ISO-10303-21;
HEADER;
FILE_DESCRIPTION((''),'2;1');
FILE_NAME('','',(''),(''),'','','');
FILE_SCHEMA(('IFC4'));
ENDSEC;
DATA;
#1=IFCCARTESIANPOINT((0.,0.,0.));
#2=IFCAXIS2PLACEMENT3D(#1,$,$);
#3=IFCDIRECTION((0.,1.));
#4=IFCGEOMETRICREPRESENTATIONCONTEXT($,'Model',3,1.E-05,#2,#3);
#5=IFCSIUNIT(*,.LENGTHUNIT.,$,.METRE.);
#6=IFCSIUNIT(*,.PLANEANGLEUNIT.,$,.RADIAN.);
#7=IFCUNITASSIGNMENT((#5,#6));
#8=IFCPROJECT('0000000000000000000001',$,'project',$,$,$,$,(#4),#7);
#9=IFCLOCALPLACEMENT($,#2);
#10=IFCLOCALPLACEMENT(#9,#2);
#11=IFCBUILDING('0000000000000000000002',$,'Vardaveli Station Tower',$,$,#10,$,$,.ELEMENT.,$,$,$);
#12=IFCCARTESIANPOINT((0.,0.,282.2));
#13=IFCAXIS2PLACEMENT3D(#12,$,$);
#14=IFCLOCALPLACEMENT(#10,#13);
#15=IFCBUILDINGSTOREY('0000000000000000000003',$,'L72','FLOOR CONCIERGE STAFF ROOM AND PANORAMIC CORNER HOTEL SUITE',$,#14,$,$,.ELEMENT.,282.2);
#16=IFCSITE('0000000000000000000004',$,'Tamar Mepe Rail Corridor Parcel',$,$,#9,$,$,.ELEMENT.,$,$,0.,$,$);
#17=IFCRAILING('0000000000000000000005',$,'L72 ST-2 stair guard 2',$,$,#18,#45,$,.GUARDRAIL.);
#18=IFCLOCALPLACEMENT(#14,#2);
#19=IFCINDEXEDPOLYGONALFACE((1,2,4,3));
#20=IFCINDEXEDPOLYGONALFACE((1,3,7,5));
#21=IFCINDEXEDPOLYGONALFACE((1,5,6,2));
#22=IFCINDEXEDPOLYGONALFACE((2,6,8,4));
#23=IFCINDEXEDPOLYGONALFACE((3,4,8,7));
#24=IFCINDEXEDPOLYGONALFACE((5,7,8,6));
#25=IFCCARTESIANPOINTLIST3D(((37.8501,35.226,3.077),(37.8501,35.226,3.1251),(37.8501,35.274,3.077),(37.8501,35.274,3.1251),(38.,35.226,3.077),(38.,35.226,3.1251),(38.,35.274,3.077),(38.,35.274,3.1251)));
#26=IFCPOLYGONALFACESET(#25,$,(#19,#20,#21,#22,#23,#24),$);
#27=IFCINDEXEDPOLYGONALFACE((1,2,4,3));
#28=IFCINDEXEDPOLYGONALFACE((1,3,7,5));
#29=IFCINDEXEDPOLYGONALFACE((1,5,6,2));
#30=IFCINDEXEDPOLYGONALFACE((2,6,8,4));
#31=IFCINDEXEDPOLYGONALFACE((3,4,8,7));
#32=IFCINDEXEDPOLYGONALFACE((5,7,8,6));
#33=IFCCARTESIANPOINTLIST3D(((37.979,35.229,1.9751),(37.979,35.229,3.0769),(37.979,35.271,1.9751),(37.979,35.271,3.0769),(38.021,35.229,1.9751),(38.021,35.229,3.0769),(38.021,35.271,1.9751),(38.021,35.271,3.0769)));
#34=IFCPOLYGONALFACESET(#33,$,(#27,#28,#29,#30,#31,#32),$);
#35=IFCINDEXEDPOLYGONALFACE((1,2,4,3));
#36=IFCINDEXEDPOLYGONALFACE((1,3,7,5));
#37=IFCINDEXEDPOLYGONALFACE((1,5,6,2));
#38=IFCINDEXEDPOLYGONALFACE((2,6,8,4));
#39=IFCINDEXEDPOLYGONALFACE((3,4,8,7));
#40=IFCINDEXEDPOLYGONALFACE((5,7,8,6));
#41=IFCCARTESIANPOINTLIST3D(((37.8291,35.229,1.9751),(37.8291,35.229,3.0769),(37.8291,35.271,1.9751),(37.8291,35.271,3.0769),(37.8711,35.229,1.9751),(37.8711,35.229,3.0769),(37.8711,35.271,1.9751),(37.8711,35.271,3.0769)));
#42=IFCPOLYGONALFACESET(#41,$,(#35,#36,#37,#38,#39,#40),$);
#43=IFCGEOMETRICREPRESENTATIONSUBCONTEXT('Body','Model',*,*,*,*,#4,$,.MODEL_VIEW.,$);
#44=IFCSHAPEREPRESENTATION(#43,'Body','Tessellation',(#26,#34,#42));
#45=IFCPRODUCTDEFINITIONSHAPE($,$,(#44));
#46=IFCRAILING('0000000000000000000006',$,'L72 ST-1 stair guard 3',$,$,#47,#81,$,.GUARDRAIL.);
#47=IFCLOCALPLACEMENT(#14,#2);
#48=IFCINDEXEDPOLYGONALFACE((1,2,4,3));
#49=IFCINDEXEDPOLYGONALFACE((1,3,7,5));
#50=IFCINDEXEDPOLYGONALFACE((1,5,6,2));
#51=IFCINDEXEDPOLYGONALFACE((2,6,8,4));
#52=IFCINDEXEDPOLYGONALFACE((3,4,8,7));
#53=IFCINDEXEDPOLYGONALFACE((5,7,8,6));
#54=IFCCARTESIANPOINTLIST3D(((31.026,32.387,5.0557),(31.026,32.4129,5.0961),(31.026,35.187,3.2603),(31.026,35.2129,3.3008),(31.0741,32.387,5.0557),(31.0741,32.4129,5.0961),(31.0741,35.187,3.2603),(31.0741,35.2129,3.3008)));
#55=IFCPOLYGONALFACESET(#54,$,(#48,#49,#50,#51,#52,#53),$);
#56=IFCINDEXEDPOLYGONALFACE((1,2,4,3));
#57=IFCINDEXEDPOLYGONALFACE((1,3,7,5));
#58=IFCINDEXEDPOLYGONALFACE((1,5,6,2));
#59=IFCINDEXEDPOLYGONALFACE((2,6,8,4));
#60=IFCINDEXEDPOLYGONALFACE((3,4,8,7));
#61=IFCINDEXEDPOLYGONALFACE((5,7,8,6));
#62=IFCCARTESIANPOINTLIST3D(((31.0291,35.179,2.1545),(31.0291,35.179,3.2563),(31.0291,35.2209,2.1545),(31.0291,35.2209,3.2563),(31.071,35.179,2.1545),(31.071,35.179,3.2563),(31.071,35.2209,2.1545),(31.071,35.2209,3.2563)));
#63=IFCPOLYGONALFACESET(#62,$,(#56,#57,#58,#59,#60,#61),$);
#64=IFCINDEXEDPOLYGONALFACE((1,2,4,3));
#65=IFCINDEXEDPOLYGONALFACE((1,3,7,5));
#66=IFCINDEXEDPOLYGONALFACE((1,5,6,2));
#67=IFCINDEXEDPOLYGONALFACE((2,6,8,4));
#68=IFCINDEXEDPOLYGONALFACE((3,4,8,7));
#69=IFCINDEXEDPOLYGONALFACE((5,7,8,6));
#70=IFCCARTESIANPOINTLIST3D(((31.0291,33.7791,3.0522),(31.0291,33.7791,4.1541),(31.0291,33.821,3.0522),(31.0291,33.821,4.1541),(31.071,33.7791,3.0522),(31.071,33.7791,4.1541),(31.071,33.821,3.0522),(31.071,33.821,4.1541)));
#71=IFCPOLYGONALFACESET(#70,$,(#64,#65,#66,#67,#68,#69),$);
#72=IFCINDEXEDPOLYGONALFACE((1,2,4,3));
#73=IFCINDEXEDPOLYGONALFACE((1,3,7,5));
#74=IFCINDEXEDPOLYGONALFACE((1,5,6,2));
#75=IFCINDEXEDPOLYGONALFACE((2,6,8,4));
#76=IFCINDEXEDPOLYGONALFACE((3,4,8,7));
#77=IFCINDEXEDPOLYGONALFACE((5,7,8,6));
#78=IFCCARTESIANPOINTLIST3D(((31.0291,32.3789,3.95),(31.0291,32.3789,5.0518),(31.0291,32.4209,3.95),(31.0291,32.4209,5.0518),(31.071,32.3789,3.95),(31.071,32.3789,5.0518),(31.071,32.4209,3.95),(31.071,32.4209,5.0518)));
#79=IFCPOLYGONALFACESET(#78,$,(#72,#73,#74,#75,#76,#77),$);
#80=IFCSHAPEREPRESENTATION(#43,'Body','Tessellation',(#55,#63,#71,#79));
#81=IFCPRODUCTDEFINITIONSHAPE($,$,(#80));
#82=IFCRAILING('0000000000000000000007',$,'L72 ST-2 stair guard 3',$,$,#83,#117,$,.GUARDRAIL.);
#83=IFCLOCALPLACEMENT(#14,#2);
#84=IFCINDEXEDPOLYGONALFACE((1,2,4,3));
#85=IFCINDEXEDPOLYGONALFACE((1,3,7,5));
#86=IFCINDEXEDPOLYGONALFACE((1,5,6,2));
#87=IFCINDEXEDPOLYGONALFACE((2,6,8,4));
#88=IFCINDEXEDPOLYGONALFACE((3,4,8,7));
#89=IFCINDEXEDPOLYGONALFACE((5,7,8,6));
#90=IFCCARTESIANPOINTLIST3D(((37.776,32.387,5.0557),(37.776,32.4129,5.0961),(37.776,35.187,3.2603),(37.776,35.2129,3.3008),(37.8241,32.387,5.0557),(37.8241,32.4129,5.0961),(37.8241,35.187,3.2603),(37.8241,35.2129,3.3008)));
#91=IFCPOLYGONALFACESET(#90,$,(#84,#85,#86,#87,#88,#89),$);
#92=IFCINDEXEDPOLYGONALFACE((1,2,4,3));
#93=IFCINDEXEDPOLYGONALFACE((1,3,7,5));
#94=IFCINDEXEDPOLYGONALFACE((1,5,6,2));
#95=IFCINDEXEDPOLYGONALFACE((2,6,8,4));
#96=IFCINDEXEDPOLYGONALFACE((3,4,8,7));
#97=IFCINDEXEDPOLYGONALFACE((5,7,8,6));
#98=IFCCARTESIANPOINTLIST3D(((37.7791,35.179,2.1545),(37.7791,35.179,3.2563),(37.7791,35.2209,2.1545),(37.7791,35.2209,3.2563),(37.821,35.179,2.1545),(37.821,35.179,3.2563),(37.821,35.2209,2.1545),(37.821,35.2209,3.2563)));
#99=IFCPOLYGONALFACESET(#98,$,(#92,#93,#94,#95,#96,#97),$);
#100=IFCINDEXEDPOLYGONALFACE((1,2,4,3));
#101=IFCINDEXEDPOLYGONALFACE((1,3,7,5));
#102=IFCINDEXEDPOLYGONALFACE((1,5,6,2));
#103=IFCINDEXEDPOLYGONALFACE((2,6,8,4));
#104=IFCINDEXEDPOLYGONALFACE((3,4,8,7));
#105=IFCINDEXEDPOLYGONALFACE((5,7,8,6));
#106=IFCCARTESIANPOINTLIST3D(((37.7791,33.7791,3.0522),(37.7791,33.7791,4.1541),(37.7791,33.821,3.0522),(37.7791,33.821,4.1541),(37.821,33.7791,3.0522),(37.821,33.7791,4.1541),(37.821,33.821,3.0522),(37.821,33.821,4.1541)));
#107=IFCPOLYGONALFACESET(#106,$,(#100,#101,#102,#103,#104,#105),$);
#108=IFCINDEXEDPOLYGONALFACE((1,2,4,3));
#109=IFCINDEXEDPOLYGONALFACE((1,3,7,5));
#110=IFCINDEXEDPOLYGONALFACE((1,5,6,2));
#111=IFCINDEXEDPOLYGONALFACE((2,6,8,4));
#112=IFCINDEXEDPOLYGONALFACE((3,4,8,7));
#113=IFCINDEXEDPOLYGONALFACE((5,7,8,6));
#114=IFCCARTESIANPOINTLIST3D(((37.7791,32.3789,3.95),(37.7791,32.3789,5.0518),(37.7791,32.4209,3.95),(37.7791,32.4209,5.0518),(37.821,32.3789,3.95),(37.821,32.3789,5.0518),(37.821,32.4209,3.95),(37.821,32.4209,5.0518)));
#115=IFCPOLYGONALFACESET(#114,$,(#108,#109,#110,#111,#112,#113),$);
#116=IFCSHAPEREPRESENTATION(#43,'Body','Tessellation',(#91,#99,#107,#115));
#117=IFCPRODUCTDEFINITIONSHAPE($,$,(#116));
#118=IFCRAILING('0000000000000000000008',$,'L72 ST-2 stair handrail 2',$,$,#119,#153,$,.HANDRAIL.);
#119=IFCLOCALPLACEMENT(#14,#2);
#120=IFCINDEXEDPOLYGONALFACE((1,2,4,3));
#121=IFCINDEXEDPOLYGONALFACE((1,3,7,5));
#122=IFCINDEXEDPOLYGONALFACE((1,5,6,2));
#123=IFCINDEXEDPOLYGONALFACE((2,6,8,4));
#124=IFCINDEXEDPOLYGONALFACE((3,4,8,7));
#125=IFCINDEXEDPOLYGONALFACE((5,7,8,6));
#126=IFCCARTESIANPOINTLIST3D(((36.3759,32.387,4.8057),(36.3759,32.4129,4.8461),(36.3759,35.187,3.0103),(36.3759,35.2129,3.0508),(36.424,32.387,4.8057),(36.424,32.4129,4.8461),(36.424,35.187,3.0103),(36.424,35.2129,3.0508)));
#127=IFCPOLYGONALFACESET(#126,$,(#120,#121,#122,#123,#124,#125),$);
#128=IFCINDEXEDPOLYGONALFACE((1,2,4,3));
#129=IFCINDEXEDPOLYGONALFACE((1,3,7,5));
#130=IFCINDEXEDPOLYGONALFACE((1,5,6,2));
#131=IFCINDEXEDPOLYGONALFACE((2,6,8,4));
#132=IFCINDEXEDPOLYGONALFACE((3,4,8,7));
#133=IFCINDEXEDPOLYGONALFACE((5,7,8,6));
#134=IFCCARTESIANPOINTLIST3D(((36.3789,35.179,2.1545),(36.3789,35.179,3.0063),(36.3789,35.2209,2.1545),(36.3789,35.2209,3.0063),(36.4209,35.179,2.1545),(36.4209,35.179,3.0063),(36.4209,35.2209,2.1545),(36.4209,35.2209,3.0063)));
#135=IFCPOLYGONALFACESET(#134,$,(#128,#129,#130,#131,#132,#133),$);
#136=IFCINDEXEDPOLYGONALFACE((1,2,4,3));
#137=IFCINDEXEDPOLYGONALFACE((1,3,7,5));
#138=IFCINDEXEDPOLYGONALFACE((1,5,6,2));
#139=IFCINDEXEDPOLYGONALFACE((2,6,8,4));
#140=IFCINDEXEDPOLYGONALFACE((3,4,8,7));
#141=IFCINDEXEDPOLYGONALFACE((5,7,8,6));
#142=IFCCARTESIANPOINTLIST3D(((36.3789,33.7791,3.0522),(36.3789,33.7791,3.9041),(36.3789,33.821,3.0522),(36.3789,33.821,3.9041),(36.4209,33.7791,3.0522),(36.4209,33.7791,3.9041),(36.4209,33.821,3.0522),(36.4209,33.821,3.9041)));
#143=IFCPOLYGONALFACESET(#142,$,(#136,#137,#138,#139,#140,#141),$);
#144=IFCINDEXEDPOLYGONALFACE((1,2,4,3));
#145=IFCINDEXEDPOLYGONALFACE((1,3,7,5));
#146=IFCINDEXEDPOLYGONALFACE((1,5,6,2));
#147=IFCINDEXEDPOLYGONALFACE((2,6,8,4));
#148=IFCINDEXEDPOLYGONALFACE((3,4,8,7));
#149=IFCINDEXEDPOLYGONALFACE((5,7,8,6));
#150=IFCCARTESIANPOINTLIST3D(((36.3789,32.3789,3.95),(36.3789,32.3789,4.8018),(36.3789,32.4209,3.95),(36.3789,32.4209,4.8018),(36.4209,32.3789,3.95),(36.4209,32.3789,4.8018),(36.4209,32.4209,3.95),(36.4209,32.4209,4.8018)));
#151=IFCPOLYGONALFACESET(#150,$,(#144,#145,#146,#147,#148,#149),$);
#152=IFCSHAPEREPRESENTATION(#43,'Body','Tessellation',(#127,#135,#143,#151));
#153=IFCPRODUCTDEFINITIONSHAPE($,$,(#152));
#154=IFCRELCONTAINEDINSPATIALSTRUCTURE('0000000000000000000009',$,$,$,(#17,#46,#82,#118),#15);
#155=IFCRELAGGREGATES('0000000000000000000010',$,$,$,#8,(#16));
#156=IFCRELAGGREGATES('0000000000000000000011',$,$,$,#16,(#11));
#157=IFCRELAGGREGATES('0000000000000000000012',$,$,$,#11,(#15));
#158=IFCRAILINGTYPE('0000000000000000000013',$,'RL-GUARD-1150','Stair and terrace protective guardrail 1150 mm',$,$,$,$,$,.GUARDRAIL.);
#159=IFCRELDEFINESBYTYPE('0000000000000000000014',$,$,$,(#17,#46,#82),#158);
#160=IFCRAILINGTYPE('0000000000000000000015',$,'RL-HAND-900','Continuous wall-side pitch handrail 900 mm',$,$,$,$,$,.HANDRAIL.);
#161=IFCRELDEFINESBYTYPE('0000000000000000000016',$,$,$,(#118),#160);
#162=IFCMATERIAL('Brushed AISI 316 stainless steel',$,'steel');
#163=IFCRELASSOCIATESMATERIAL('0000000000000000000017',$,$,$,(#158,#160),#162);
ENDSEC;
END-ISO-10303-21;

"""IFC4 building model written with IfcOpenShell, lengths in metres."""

from ifc_helpers import new_model, si_unit, direction, frame, origin, origin_2d, place, context, subcontext, project, spatial, rectangle, extrude, source, transform, mapped, material, type_object, element, save


model = new_model("IFC4")

# Units and contexts
model_context = context("Model", 3, precision=1e-05, world=origin(), true_north=direction((0.0, 1.0)))
body_context = subcontext(model_context, "Body", "Model", "MODEL_VIEW")
ifc_project = project(units=[si_unit("LENGTHUNIT", "METRE"), si_unit("PLANEANGLEUNIT", "RADIAN")], contexts=[model_context])

# Site, building, storey
site_placement = place(None, origin())
site = spatial("IfcSite", under=ifc_project, at=site_placement, Name="Tamar Mepe Rail Corridor Parcel", CompositionType="ELEMENT", RefElevation=0.0)
building_placement = place(site_placement, origin())
building = spatial("IfcBuilding", under=site, at=building_placement, Name="Vardaveli Station Tower", CompositionType="ELEMENT")
storey_placement = place(building_placement, frame((0.0, 0.0, 282.2)))
storey = spatial("IfcBuildingStorey", under=building, at=storey_placement, Name="L72", Description="FLOOR CONCIERGE STAFF ROOM AND PANORAMIC CORNER HOTEL SUITE", CompositionType="ELEMENT", Elevation=282.2)

# Railings
ifc_material_1 = material(Name="Brushed AISI 316 stainless steel", Category="steel")
railing_type_1 = type_object("IfcRailingType", Name="RL-GUARD-1150", Description="Stair and terrace protective guardrail 1150 mm", PredefinedType="GUARDRAIL", material=ifc_material_1)
shared_shape_1 = source(origin(), body_context, "Body", "SweptSolid", [
    extrude(rectangle(XDim=0.0481, YDim=0.0481, at=origin_2d()), frame((0.0, 0.0, 1.126), z_axis=(-1.0, 0.0, 0.0), x_axis=(0.0, -1.0, 0.0)), (0.0, 0.0, 1.0), 0.1499),
    extrude(rectangle(XDim=0.042, YDim=0.042, at=origin_2d()), origin(), (0.0, 0.0, 1.0), 1.1018),
    extrude(rectangle(XDim=0.042, YDim=0.042, at=origin_2d()), frame((-0.1499, 0.0, 0.0)), (0.0, 0.0, 1.0), 1.1018),
])
for number, where, name in (
    (1, (38.0, 35.25, 1.9751), "L72 ST-2 stair guard 2"),
):
    element("IfcRailing", number, at=place(storey_placement, frame(where)), inside=storey, type_object=railing_type_1, Name=name, PredefinedType="GUARDRAIL", context=body_context, shape_type="MappedRepresentation", body=[
        mapped(shared_shape_1, transform((0.0, 0.0, 0.0), scale=1.0)),
    ])
shared_shape_2 = source(origin(), body_context, "Body", "SweptSolid", [
    extrude(rectangle(XDim=0.0481, YDim=0.0481, at=origin_2d()), frame((0.0, 0.0, 1.126), z_axis=(0.0, -0.84181, 0.539774), x_axis=(1.0, 0.0, 0.0)), (0.0, 0.0, 1.0), 3.3262),
    extrude(rectangle(XDim=0.042, YDim=0.042, at=origin_2d()), origin(), (0.0, 0.0, 1.0), 1.1018),
    extrude(rectangle(XDim=0.042, YDim=0.042, at=origin_2d()), frame((0.0, -1.3999, 0.8977)), (0.0, 0.0, 1.0), 1.1018),
    extrude(rectangle(XDim=0.042, YDim=0.042, at=origin_2d()), frame((0.0, -2.8, 1.7954)), (0.0, 0.0, 1.0), 1.1018),
])
for number, where, name in (
    (2, (31.05, 35.2, 2.1545), "L72 ST-1 stair guard 3"),
    (3, (37.8, 35.2, 2.1545), "L72 ST-2 stair guard 3"),
):
    element("IfcRailing", number, at=place(storey_placement, frame(where)), inside=storey, type_object=railing_type_1, Name=name, PredefinedType="GUARDRAIL", context=body_context, shape_type="MappedRepresentation", body=[
        mapped(shared_shape_2, transform((0.0, 0.0, 0.0), scale=1.0)),
    ])
railing_type_2 = type_object("IfcRailingType", Name="RL-HAND-900", Description="Continuous wall-side pitch handrail 900 mm", PredefinedType="HANDRAIL", material=ifc_material_1)
shared_shape_3 = source(origin(), body_context, "Body", "SweptSolid", [
    extrude(rectangle(XDim=0.0481, YDim=0.0481, at=origin_2d()), frame((0.0, 0.0, 0.876), z_axis=(0.0, -0.84181, 0.539774), x_axis=(1.0, 0.0, 0.0)), (0.0, 0.0, 1.0), 3.3262),
    extrude(rectangle(XDim=0.042, YDim=0.042, at=origin_2d()), origin(), (0.0, 0.0, 1.0), 0.8518),
    extrude(rectangle(XDim=0.042, YDim=0.042, at=origin_2d()), frame((0.0, -1.3999, 0.8977)), (0.0, 0.0, 1.0), 0.8518),
    extrude(rectangle(XDim=0.042, YDim=0.042, at=origin_2d()), frame((0.0, -2.8, 1.7954)), (0.0, 0.0, 1.0), 0.8518),
])
railing_placement = place(storey_placement, frame((36.3999, 35.2, 2.1545)))
element("IfcRailing", 4, at=railing_placement, inside=storey, type_object=railing_type_2, Name="L72 ST-2 stair handrail 2", PredefinedType="HANDRAIL", context=body_context, shape_type="MappedRepresentation", body=[
    mapped(shared_shape_3, transform((0.0, 0.0, 0.0), scale=1.0)),
])

save(model, "model.ifc")
